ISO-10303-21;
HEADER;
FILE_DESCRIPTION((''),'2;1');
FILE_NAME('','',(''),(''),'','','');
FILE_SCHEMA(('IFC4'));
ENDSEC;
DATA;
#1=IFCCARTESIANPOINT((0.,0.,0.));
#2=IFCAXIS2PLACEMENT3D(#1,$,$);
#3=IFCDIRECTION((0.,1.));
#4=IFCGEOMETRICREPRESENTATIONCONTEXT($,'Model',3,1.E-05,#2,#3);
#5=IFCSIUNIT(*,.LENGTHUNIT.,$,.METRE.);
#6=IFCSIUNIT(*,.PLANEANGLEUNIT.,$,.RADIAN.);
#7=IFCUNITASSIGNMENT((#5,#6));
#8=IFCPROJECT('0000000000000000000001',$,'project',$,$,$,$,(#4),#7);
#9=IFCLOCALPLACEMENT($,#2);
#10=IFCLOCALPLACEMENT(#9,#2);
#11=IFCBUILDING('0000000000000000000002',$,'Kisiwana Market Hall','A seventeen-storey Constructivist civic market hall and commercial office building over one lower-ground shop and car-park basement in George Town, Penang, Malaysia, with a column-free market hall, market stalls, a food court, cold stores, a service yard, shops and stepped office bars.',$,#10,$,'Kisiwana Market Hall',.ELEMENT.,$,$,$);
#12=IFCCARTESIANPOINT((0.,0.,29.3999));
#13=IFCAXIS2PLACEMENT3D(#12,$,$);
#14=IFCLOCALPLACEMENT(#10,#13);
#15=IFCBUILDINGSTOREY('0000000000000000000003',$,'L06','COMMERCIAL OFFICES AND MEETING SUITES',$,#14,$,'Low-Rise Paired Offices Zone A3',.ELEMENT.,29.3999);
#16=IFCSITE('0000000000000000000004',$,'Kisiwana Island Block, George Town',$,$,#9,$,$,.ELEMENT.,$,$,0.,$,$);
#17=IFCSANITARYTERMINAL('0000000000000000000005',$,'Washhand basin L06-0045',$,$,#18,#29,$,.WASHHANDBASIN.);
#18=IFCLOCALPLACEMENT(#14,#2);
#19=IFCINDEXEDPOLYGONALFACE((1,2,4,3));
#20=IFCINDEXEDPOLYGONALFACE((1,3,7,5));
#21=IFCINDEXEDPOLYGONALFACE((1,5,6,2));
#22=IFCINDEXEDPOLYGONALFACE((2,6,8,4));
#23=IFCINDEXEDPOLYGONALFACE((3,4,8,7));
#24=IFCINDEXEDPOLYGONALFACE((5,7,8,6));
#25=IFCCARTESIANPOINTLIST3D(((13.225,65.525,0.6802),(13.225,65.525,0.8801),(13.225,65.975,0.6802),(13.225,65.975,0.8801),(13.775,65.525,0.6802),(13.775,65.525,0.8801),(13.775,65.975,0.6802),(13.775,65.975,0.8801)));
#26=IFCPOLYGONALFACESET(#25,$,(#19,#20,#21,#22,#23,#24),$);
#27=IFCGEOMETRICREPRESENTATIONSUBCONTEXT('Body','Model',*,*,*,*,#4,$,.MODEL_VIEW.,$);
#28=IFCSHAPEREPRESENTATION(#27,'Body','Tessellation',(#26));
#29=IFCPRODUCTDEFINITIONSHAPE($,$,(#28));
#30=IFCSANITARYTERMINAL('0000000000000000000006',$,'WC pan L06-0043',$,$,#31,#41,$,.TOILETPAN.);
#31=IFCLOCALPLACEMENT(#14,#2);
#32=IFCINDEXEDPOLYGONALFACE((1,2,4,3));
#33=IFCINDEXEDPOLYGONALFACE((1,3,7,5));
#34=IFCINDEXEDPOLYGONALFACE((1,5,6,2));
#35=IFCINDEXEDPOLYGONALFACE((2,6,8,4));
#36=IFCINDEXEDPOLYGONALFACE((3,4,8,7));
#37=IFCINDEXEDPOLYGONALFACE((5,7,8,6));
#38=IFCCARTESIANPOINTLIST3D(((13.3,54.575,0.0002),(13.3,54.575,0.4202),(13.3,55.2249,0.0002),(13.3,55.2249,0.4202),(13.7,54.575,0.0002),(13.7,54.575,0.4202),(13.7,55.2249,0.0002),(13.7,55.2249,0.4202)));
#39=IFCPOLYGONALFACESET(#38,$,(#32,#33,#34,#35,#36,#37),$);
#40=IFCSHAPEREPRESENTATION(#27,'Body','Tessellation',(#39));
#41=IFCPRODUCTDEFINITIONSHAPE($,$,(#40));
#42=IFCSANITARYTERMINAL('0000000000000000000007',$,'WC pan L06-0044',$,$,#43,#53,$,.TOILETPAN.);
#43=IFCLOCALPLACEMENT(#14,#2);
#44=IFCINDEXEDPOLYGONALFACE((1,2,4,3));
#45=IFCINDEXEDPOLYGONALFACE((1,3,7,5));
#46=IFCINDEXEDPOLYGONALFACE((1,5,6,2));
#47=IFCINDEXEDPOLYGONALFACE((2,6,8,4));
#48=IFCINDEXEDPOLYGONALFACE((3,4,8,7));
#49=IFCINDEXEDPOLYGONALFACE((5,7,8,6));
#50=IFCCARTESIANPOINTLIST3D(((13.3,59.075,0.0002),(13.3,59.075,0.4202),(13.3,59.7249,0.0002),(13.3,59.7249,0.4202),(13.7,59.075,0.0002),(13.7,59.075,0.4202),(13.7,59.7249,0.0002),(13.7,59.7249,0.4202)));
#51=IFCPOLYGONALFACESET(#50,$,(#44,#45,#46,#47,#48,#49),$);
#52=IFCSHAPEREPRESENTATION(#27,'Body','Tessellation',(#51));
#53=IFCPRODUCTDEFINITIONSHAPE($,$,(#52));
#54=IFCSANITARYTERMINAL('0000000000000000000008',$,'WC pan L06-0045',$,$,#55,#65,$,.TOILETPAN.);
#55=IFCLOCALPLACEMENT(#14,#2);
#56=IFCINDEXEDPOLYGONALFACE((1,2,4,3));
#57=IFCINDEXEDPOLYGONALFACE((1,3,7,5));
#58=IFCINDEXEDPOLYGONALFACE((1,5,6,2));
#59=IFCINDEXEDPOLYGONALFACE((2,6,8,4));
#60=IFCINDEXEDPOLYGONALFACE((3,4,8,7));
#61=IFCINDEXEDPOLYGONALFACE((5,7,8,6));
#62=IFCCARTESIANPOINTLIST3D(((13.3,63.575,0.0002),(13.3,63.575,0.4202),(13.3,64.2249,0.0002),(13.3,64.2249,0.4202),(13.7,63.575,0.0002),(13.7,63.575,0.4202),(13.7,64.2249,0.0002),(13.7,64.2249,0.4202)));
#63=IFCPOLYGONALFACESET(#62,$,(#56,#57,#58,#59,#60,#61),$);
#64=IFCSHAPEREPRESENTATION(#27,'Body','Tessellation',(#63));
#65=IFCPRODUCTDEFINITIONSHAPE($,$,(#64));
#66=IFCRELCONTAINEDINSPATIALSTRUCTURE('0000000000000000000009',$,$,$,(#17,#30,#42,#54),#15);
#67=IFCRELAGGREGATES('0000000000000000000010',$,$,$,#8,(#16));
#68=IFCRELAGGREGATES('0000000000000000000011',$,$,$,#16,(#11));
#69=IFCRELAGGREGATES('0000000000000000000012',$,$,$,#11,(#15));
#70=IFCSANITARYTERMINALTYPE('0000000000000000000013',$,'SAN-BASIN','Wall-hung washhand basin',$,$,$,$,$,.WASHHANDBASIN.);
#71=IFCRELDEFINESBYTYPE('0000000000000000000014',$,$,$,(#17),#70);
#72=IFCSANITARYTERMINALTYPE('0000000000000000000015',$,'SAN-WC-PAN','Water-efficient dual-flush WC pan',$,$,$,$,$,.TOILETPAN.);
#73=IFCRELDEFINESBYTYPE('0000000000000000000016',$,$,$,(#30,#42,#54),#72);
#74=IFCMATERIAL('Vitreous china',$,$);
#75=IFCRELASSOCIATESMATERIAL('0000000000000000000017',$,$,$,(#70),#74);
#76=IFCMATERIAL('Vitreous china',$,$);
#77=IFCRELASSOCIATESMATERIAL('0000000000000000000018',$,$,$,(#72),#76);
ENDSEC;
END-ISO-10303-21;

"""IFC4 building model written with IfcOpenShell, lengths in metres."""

from ifc_helpers import new_model, si_unit, direction, frame, origin, origin_2d, place, context, subcontext, project, spatial, rectangle, extrude, material, type_object, element, save


model = new_model("IFC4")

# Units and contexts
model_context = context("Model", 3, precision=1e-05, world=origin(), true_north=direction((0.0, 1.0)))
body_context = subcontext(model_context, "Body", "Model", "MODEL_VIEW")
ifc_project = project(units=[si_unit("LENGTHUNIT", "METRE"), si_unit("PLANEANGLEUNIT", "RADIAN")], contexts=[model_context])

# Site, building, storey
site_placement = place(None, origin())
site = spatial("IfcSite", under=ifc_project, at=site_placement, Name="Kisiwana Island Block, George Town", CompositionType="ELEMENT", RefElevation=0.0)
building_placement = place(site_placement, origin())
building = spatial("IfcBuilding", under=site, at=building_placement, Name="Kisiwana Market Hall", Description="A seventeen-storey Constructivist civic market hall and commercial office building over one lower-ground shop and car-park basement in George Town, Penang, Malaysia, with a column-free market hall, market stalls, a food court, cold stores, a service yard, shops and stepped office bars.", LongName="Kisiwana Market Hall", CompositionType="ELEMENT")
storey_placement = place(building_placement, frame((0.0, 0.0, 29.3999)))
storey = spatial("IfcBuildingStorey", under=building, at=storey_placement, Name="L06", Description="COMMERCIAL OFFICES AND MEETING SUITES", LongName="Low-Rise Paired Offices Zone A3", CompositionType="ELEMENT", Elevation=29.3999)

# Sanitary terminals
ifc_material_1 = material(Name="Vitreous china")
sanitary_terminal_type_1 = type_object("IfcSanitaryTerminalType", Name="SAN-BASIN", Description="Wall-hung washhand basin", PredefinedType="WASHHANDBASIN", material=ifc_material_1)
for number, where, z_axis, x_axis, name in (
    (1, (13.5, 65.75, 0.6802), (0.0, 0.0, 1.0), (1.0, 0.0, 0.0), "Washhand basin L06-0045"),
):
    element("IfcSanitaryTerminal", number, at=place(storey_placement, frame(where, z_axis=z_axis, x_axis=x_axis)), inside=storey, type_object=sanitary_terminal_type_1, Name=name, PredefinedType="WASHHANDBASIN", context=body_context, shape_type="SweptSolid", body=[
        extrude(rectangle(XDim=0.55, YDim=0.45, at=origin_2d()), origin(), (0.0, 0.0, 1.0), 0.2),
    ])
ifc_material_2 = material(Name="Vitreous china")
sanitary_terminal_type_2 = type_object("IfcSanitaryTerminalType", Name="SAN-WC-PAN", Description="Water-efficient dual-flush WC pan", PredefinedType="TOILETPAN", material=ifc_material_2)
for number, where, z_axis, x_axis, name in (
    (2, (13.5, 54.8999, 0.0002), (0.0, 0.0, 1.0), (1.0, 0.0, 0.0), "WC pan L06-0043"),
    (3, (13.5, 59.3999, 0.0002), (0.0, 0.0, 1.0), (1.0, 0.0, 0.0), "WC pan L06-0044"),
    (4, (13.5, 63.8999, 0.0002), (0.0, 0.0, 1.0), (1.0, 0.0, 0.0), "WC pan L06-0045"),
):
    element("IfcSanitaryTerminal", number, at=place(storey_placement, frame(where, z_axis=z_axis, x_axis=x_axis)), inside=storey, type_object=sanitary_terminal_type_2, Name=name, PredefinedType="TOILETPAN", context=body_context, shape_type="SweptSolid", body=[
        extrude(rectangle(XDim=0.3999, YDim=0.6499, at=origin_2d()), origin(), (0.0, 0.0, 1.0), 0.4199),
    ])

save(model, "model.ifc")
